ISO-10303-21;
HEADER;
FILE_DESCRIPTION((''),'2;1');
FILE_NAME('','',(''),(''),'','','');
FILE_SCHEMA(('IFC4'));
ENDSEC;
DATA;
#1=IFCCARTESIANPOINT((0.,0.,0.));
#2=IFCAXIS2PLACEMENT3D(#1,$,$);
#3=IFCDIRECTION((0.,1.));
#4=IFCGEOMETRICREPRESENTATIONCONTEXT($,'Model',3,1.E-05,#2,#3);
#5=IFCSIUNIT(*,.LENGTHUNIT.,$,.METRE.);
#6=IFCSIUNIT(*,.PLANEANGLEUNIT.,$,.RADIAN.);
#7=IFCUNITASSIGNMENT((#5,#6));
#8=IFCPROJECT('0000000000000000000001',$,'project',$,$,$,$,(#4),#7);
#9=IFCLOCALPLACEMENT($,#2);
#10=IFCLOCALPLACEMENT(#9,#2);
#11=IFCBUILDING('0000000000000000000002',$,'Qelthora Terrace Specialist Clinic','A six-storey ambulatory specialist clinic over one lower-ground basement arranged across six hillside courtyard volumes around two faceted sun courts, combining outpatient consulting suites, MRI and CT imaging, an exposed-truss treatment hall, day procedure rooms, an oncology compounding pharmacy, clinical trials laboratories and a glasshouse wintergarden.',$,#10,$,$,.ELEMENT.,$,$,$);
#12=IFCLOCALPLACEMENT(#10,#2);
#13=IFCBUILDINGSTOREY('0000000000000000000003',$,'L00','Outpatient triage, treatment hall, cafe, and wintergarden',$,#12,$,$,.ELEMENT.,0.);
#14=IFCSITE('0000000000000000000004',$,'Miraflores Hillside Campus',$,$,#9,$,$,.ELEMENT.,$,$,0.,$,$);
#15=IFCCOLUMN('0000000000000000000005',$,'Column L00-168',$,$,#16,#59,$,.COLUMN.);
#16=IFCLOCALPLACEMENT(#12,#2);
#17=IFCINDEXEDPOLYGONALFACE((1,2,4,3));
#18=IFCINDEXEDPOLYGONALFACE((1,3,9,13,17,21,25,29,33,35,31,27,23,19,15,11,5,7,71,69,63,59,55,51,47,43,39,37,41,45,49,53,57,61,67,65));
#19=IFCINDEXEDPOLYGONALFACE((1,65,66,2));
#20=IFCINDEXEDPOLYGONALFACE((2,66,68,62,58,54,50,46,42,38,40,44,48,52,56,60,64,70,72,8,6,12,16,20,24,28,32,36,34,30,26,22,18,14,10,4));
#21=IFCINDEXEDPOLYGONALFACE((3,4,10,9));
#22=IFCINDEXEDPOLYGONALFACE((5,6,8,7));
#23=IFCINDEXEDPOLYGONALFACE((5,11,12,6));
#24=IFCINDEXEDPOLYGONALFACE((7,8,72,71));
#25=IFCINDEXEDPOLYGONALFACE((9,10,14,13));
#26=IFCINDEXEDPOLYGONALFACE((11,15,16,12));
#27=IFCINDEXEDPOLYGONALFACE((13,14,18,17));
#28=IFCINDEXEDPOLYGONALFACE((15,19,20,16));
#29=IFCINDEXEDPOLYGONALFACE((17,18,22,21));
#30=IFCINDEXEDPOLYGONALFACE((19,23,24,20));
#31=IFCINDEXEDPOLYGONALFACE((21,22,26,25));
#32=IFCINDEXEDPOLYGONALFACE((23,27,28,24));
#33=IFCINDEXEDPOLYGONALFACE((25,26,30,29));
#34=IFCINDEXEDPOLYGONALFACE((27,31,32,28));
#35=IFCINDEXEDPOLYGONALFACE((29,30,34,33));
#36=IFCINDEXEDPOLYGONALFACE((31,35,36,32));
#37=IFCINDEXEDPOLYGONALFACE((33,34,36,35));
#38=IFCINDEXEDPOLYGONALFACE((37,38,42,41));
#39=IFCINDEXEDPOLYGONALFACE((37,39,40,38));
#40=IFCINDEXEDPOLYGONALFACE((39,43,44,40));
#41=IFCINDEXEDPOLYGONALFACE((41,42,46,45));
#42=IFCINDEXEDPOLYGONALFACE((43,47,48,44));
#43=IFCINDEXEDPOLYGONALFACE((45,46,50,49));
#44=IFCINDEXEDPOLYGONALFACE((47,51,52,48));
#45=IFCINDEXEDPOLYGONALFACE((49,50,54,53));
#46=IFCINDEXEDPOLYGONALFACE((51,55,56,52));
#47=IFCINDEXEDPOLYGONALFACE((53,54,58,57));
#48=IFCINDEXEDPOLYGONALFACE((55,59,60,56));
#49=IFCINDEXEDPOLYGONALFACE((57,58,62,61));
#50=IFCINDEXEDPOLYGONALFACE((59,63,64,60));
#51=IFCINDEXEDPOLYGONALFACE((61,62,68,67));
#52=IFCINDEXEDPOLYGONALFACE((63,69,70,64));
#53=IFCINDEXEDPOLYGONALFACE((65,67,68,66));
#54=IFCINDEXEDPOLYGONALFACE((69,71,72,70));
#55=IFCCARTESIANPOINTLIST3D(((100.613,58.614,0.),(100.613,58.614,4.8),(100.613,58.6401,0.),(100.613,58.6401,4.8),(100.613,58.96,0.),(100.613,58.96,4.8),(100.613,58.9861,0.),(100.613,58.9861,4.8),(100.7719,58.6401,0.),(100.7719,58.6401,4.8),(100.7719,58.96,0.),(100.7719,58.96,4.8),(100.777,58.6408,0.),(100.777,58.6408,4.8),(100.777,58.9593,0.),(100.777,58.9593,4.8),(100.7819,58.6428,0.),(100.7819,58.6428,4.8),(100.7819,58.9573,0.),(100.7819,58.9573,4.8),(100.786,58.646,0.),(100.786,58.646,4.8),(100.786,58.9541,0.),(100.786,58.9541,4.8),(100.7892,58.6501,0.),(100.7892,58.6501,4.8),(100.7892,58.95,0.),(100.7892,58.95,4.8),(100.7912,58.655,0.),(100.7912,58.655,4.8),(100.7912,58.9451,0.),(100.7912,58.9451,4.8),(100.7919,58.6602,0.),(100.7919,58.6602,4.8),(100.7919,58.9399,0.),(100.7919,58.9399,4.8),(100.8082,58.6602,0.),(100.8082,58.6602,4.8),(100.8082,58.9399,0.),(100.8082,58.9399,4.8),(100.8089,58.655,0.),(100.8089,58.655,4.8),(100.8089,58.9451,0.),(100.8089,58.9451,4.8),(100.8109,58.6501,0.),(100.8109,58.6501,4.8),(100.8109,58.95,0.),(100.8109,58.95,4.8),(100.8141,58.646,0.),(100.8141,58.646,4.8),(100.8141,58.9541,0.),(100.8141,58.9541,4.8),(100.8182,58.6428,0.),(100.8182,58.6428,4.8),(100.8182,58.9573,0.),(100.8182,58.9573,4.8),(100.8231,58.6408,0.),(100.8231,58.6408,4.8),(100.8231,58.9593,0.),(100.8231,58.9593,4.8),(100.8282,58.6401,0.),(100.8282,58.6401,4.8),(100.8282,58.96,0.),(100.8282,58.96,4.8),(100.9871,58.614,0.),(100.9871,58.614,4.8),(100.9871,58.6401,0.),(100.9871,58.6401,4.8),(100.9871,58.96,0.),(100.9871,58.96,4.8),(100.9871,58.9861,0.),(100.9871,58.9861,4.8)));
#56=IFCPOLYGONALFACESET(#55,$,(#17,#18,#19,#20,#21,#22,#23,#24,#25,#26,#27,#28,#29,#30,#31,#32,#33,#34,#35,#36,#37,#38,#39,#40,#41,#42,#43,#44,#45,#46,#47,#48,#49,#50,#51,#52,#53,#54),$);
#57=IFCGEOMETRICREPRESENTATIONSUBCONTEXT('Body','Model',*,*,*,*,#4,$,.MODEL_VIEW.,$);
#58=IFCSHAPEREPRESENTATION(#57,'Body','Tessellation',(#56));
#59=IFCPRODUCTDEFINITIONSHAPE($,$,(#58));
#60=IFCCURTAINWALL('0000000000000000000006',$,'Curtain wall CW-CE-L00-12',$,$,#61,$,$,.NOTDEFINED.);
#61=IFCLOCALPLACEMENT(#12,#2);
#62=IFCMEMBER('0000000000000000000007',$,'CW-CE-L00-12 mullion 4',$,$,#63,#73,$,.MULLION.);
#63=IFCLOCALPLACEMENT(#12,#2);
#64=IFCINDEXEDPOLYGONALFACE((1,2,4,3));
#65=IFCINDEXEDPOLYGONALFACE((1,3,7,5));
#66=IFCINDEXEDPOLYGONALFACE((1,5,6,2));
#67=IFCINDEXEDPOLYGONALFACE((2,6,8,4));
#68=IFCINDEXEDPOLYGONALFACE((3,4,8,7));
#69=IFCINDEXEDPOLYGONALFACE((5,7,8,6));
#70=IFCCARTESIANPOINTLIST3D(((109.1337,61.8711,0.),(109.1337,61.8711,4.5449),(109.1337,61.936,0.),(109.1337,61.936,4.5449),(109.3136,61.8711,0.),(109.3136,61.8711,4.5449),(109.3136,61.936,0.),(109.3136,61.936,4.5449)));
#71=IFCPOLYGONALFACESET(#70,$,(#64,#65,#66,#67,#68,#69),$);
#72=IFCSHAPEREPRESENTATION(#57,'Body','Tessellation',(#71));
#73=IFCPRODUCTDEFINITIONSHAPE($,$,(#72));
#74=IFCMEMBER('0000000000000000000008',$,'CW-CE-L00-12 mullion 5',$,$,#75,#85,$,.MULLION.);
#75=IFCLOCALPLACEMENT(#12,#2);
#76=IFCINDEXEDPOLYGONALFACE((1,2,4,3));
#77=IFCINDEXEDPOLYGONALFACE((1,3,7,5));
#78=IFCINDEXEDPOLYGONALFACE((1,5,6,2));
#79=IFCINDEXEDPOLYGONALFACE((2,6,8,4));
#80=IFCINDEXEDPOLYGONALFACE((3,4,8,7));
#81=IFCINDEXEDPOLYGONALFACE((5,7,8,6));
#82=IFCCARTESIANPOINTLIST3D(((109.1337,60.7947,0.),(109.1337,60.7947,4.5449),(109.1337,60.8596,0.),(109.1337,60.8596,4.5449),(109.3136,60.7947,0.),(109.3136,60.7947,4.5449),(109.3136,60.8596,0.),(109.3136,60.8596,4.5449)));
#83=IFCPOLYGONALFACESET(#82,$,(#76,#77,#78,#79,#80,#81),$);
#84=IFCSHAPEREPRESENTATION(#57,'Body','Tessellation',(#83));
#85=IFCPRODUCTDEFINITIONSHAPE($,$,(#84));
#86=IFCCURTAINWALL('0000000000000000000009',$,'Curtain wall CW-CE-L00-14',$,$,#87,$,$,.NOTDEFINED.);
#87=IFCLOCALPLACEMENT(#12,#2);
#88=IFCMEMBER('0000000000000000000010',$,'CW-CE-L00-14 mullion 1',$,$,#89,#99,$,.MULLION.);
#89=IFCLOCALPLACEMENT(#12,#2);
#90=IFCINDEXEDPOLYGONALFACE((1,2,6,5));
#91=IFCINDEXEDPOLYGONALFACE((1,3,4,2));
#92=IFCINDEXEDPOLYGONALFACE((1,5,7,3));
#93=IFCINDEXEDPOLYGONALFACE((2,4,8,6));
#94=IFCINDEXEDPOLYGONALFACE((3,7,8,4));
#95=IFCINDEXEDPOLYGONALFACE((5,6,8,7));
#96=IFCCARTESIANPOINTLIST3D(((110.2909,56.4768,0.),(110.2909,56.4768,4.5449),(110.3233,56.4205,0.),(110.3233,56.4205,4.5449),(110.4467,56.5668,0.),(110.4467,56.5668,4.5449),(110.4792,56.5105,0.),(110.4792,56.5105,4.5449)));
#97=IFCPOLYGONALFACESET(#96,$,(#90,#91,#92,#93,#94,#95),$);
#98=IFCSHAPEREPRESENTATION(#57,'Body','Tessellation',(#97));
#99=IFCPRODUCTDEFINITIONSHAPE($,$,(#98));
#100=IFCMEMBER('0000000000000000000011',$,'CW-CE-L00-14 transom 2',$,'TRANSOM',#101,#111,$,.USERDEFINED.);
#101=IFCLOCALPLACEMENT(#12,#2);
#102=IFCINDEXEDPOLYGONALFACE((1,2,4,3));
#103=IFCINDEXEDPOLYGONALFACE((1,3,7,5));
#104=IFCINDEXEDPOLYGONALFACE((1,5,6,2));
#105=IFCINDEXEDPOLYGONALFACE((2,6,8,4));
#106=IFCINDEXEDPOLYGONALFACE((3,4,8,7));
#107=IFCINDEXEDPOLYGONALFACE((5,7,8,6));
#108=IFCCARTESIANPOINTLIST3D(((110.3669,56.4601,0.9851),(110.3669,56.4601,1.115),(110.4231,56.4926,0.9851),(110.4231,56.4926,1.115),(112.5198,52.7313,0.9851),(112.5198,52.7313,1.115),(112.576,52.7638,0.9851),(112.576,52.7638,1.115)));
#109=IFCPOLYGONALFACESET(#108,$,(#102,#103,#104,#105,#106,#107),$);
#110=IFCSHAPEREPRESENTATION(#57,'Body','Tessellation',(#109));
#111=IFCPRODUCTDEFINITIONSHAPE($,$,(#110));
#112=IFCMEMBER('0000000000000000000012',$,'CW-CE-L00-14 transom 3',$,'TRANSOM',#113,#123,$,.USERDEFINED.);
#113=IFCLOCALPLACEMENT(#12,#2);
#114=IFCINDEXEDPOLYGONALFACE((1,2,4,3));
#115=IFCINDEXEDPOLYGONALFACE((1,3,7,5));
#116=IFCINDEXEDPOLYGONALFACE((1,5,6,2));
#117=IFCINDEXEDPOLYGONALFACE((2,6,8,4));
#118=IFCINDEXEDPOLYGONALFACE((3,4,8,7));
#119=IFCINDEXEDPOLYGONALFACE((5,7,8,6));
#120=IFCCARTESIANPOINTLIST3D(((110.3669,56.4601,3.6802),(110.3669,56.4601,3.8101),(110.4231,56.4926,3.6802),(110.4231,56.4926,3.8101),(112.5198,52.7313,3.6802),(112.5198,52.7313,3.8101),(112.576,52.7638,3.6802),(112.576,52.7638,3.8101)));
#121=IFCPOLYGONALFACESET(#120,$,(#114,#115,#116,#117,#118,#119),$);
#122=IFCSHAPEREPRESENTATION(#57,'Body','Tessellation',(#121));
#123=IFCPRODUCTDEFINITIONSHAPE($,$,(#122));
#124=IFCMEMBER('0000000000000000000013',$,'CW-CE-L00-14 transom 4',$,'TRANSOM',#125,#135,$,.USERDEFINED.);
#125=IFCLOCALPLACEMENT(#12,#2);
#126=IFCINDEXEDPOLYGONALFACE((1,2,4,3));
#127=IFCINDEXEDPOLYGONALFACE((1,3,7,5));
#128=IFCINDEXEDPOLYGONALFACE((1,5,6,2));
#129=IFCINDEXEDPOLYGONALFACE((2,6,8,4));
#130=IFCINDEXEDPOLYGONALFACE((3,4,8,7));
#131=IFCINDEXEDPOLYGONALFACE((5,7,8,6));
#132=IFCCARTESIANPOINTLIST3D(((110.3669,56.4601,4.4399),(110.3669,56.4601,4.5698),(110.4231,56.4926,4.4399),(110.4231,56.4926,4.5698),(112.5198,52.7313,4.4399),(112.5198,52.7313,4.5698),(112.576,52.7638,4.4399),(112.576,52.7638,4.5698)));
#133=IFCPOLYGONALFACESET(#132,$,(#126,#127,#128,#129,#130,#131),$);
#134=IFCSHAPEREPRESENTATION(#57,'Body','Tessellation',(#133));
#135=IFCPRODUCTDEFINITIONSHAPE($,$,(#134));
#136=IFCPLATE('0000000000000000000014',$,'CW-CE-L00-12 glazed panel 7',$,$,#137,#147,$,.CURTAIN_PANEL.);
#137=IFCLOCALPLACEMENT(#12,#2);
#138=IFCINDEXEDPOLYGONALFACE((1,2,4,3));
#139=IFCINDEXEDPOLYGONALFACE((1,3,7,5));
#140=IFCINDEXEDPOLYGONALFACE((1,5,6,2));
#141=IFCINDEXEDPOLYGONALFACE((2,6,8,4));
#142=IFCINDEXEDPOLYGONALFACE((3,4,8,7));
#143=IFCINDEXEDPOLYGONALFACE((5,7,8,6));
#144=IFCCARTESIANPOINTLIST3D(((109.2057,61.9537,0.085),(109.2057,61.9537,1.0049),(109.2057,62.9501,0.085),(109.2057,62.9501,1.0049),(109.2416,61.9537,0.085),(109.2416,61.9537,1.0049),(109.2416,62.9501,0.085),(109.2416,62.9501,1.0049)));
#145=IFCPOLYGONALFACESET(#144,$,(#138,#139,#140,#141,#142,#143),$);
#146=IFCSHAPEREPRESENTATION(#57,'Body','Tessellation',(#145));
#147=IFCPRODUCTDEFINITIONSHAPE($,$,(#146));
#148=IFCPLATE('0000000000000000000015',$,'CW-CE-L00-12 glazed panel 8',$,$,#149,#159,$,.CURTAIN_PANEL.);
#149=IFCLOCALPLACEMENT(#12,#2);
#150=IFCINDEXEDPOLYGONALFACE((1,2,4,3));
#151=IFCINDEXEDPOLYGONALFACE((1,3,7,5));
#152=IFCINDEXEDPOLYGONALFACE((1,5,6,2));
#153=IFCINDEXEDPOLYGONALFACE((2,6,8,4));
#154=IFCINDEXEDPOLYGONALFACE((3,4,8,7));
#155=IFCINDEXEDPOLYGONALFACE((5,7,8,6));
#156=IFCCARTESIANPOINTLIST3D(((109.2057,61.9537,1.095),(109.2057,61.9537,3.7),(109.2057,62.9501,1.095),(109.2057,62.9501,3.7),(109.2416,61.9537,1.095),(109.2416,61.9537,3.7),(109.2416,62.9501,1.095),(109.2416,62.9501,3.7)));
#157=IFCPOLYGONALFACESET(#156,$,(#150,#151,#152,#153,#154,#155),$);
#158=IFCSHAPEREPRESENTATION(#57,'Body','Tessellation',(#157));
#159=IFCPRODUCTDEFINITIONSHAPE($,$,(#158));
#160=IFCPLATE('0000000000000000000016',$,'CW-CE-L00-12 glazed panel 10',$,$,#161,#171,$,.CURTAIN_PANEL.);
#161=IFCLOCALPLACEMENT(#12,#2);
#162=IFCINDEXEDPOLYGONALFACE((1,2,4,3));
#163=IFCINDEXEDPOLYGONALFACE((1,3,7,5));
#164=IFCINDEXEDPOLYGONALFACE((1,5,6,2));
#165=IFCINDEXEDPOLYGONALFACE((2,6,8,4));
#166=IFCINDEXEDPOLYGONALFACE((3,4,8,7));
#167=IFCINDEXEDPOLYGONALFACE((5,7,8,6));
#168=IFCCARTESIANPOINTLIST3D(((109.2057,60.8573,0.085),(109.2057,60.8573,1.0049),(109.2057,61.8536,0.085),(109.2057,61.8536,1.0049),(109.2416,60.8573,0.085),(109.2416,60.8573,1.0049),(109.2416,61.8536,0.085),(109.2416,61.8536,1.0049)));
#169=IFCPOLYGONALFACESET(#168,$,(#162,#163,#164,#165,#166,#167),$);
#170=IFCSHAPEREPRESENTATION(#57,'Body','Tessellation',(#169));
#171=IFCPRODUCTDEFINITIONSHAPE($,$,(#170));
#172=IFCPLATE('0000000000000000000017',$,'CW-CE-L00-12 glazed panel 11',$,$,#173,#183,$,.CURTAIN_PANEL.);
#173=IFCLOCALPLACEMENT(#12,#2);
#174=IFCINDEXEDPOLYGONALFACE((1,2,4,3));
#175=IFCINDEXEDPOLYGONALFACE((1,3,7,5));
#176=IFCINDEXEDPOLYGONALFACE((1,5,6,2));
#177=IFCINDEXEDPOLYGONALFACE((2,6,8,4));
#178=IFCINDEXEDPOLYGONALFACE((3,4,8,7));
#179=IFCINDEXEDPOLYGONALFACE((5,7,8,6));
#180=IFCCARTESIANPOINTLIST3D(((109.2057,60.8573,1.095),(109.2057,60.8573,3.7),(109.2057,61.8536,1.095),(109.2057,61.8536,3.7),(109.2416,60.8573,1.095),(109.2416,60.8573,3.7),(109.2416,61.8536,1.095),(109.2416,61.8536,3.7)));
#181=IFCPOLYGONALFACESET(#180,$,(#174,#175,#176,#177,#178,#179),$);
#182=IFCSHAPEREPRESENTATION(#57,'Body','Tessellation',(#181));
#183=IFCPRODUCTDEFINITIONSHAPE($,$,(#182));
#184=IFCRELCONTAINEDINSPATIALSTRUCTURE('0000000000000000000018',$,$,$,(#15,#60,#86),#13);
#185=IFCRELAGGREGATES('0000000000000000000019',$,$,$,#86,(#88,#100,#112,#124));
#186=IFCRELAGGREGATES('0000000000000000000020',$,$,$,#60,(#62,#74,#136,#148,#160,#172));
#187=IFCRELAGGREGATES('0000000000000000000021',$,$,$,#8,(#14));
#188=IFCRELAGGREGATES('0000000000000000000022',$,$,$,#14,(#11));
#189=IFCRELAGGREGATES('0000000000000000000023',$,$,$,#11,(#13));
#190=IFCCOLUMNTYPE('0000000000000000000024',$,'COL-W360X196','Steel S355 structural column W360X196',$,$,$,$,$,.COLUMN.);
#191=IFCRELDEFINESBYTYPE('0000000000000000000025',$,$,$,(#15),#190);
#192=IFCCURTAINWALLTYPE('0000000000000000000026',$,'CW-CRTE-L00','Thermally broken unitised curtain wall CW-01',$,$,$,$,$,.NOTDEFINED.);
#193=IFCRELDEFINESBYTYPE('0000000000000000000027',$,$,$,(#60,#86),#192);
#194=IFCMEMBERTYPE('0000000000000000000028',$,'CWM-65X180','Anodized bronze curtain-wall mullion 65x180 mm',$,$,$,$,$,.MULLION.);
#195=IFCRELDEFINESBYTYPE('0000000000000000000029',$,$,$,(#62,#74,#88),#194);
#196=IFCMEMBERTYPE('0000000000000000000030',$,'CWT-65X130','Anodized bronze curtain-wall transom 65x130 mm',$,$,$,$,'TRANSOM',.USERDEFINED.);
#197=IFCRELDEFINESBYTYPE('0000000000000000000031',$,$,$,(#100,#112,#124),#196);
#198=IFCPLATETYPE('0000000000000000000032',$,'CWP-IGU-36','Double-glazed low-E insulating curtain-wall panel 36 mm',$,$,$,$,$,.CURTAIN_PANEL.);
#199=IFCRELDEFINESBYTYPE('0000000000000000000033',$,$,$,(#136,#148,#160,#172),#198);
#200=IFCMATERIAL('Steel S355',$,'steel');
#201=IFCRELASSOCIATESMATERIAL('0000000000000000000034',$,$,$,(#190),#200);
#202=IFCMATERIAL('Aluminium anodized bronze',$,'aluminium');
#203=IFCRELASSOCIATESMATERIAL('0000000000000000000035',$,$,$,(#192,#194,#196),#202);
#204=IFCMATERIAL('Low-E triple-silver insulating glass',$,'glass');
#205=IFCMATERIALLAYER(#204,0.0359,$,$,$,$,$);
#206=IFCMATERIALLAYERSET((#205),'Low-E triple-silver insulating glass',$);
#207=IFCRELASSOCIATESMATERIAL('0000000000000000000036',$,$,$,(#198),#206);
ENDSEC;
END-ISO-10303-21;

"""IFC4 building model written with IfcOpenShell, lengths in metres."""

from ifc_helpers import new_model, si_unit, direction, frame, origin, origin_2d, place, context, subcontext, project, spatial, rectangle, i_section, extrude, material, layer, layer_set, material_profile, profile_set, type_object, element, aggregate, save


model = new_model("IFC4")

# Units and contexts
model_context = context("Model", 3, precision=1e-05, world=origin(), true_north=direction((0.0, 1.0)))
body_context = subcontext(model_context, "Body", "Model", "MODEL_VIEW")
ifc_project = project(units=[si_unit("LENGTHUNIT", "METRE"), si_unit("PLANEANGLEUNIT", "RADIAN")], contexts=[model_context])

# Site, building, storey
site_placement = place(None, origin())
site = spatial("IfcSite", under=ifc_project, at=site_placement, Name="Miraflores Hillside Campus", CompositionType="ELEMENT", RefElevation=0.0)
building_placement = place(site_placement, origin())
building = spatial("IfcBuilding", under=site, at=building_placement, Name="Qelthora Terrace Specialist Clinic", Description="A six-storey ambulatory specialist clinic over one lower-ground basement arranged across six hillside courtyard volumes around two faceted sun courts, combining outpatient consulting suites, MRI and CT imaging, an exposed-truss treatment hall, day procedure rooms, an oncology compounding pharmacy, clinical trials laboratories and a glasshouse wintergarden.", CompositionType="ELEMENT")
storey_placement = place(building_placement, origin())
storey = spatial("IfcBuildingStorey", under=building, at=storey_placement, Name="L00", Description="Outpatient triage, treatment hall, cafe, and wintergarden", CompositionType="ELEMENT", Elevation=0.0)

# Column
ifc_material_1 = material(Name="Steel S355", Category="steel")
ifc_material_profile_1 = material_profile(ifc_material_1, i_section(OverallWidth=0.374, OverallDepth=0.3721, WebThickness=0.0164, FlangeThickness=0.0261, FilletRadius=0.02, at=origin_2d()), Name="W360X196")
ifc_profile_set_1 = profile_set([ifc_material_profile_1], Name="Steel S355")
column_type_1 = type_object("IfcColumnType", Name="COL-W360X196", Description="Steel S355 structural column W360X196", PredefinedType="COLUMN", material=ifc_profile_set_1)
column_1_placement = place(storey_placement, frame((100.8, 58.8, 0.0), z_axis=(0.0, 0.0, 1.0), x_axis=(1.0, 0.0, 0.0)))
element("IfcColumn", 1, at=column_1_placement, inside=storey, type_object=column_type_1, Name="Column L00-168", PredefinedType="COLUMN", context=body_context, shape_type="SweptSolid", body=[
    extrude(i_section(OverallWidth=0.374, OverallDepth=0.3721, WebThickness=0.0164, FlangeThickness=0.0261, FilletRadius=0.02, at=origin_2d()), origin(), (0.0, 0.0, 1.0), 4.8),
])

# Curtain walls, members
ifc_material_2 = material(Name="Aluminium anodized bronze", Category="aluminium")
curtain_wall_type = type_object("IfcCurtainWallType", Name="CW-CRTE-L00", Description="Thermally broken unitised curtain wall CW-01", PredefinedType="NOTDEFINED", material=ifc_material_2)
curtain_wall_1_placement = place(storey_placement, origin())
curtain_wall_1 = element("IfcCurtainWall", 2, at=curtain_wall_1_placement, inside=storey, type_object=curtain_wall_type, Name="Curtain wall CW-CE-L00-12", PredefinedType="NOTDEFINED")
ifc_material_profile_2 = material_profile(ifc_material_2, rectangle(XDim=0.0649, YDim=0.1799, at=origin_2d()), Name="CWM65X180")
ifc_profile_set_2 = profile_set([ifc_material_profile_2], Name="Aluminium anodized bronze")
member_type_1 = type_object("IfcMemberType", Name="CWM-65X180", Description="Anodized bronze curtain-wall mullion 65x180 mm", PredefinedType="MULLION", material=ifc_profile_set_2)
member_1_placement = place(storey_placement, frame((109.2236, 61.9036, 0.0), z_axis=(0.0, 0.0, 1.0), x_axis=(0.0, -1.0, 0.0)))
member_1 = element("IfcMember", 3, at=member_1_placement, type_object=member_type_1, Name="CW-CE-L00-12 mullion 4", PredefinedType="MULLION", context=body_context, shape_type="SweptSolid", body=[
    extrude(rectangle(XDim=0.0649, YDim=0.1799, at=origin_2d()), origin(), (0.0, 0.0, 1.0), 4.5449),
])
member_2_placement = place(storey_placement, frame((109.2236, 60.8271, 0.0), z_axis=(0.0, 0.0, 1.0), x_axis=(0.0, -1.0, 0.0)))
member_2 = element("IfcMember", 4, at=member_2_placement, type_object=member_type_1, Name="CW-CE-L00-12 mullion 5", PredefinedType="MULLION", context=body_context, shape_type="SweptSolid", body=[
    extrude(rectangle(XDim=0.0649, YDim=0.1799, at=origin_2d()), origin(), (0.0, 0.0, 1.0), 4.5449),
])
curtain_wall_2_placement = place(storey_placement, origin())
curtain_wall_2 = element("IfcCurtainWall", 5, at=curtain_wall_2_placement, inside=storey, type_object=curtain_wall_type, Name="Curtain wall CW-CE-L00-14", PredefinedType="NOTDEFINED")
member_3_placement = place(storey_placement, frame((110.385, 56.4937, 0.0), z_axis=(0.0, 0.0, 1.0), x_axis=(0.5, -0.866025, 0.0)))
member_3 = element("IfcMember", 6, at=member_3_placement, type_object=member_type_1, Name="CW-CE-L00-14 mullion 1", PredefinedType="MULLION", context=body_context, shape_type="SweptSolid", body=[
    extrude(rectangle(XDim=0.0649, YDim=0.1799, at=origin_2d()), origin(), (0.0, 0.0, 1.0), 4.5449),
])
ifc_material_profile_3 = material_profile(ifc_material_2, rectangle(XDim=0.0649, YDim=0.1299, at=origin_2d()), Name="CWT65X130")
ifc_profile_set_3 = profile_set([ifc_material_profile_3], Name="Aluminium anodized bronze")
member_type_2 = type_object("IfcMemberType", Name="CWT-65X130", Description="Anodized bronze curtain-wall transom 65x130 mm", ElementType="TRANSOM", PredefinedType="USERDEFINED", material=ifc_profile_set_3)
member_4_placement = place(storey_placement, frame((110.395, 56.4763, 1.05), z_axis=(0.500006, -0.866022, 0.0), x_axis=(0.866022, 0.500006, 0.0)))
member_4 = element("IfcMember", 7, at=member_4_placement, type_object=member_type_2, Name="CW-CE-L00-14 transom 2", ObjectType="TRANSOM", PredefinedType="USERDEFINED", context=body_context, shape_type="SweptSolid", body=[
    extrude(rectangle(XDim=0.0649, YDim=0.1299, at=origin_2d()), origin(), (0.0, 0.0, 1.0), 4.3057),
])
member_5_placement = place(storey_placement, frame((110.395, 56.4763, 3.7451), z_axis=(0.500006, -0.866022, 0.0), x_axis=(0.866022, 0.500006, 0.0)))
member_5 = element("IfcMember", 8, at=member_5_placement, type_object=member_type_2, Name="CW-CE-L00-14 transom 3", ObjectType="TRANSOM", PredefinedType="USERDEFINED", context=body_context, shape_type="SweptSolid", body=[
    extrude(rectangle(XDim=0.0649, YDim=0.1299, at=origin_2d()), origin(), (0.0, 0.0, 1.0), 4.3057),
])
member_6_placement = place(storey_placement, frame((110.395, 56.4763, 4.5049), z_axis=(0.500006, -0.866022, 0.0), x_axis=(0.866022, 0.500006, 0.0)))
member_6 = element("IfcMember", 9, at=member_6_placement, type_object=member_type_2, Name="CW-CE-L00-14 transom 4", ObjectType="TRANSOM", PredefinedType="USERDEFINED", context=body_context, shape_type="SweptSolid", body=[
    extrude(rectangle(XDim=0.0649, YDim=0.1299, at=origin_2d()), origin(), (0.0, 0.0, 1.0), 4.3057),
])
aggregate(curtain_wall_2, [member_3, member_4, member_5, member_6])

# Plates
ifc_material_3 = material(Name="Low-E triple-silver insulating glass", Category="glass")
ifc_layer_1 = layer(ifc_material_3, 0.0359)
ifc_layer_set_1 = layer_set([ifc_layer_1], Name="Low-E triple-silver insulating glass")
plate_type_1 = type_object("IfcPlateType", Name="CWP-IGU-36", Description="Double-glazed low-E insulating curtain-wall panel 36 mm", PredefinedType="CURTAIN_PANEL", material=ifc_layer_set_1)
plate_1_placement = place(storey_placement, frame((109.2236, 62.4519, 0.085), z_axis=(0.0, 0.0, 1.0), x_axis=(0.0, -1.0, 0.0)))
plate_1 = element("IfcPlate", 10, at=plate_1_placement, type_object=plate_type_1, Name="CW-CE-L00-12 glazed panel 7", PredefinedType="CURTAIN_PANEL", context=body_context, shape_type="SweptSolid", body=[
    extrude(rectangle(XDim=0.9963, YDim=0.0359, at=origin_2d()), origin(), (0.0, 0.0, 1.0), 0.9199),
])
plate_2_placement = place(storey_placement, frame((109.2236, 62.4519, 1.095), z_axis=(0.0, 0.0, 1.0), x_axis=(0.0, -1.0, 0.0)))
plate_2 = element("IfcPlate", 11, at=plate_2_placement, type_object=plate_type_1, Name="CW-CE-L00-12 glazed panel 8", PredefinedType="CURTAIN_PANEL", context=body_context, shape_type="SweptSolid", body=[
    extrude(rectangle(XDim=0.9963, YDim=0.0359, at=origin_2d()), origin(), (0.0, 0.0, 1.0), 2.605),
])
plate_3_placement = place(storey_placement, frame((109.2236, 61.3555, 0.085), z_axis=(0.0, 0.0, 1.0), x_axis=(0.0, -1.0, 0.0)))
plate_3 = element("IfcPlate", 12, at=plate_3_placement, type_object=plate_type_1, Name="CW-CE-L00-12 glazed panel 10", PredefinedType="CURTAIN_PANEL", context=body_context, shape_type="SweptSolid", body=[
    extrude(rectangle(XDim=0.9963, YDim=0.0359, at=origin_2d()), origin(), (0.0, 0.0, 1.0), 0.9199),
])
plate_4_placement = place(storey_placement, frame((109.2236, 61.3555, 1.095), z_axis=(0.0, 0.0, 1.0), x_axis=(0.0, -1.0, 0.0)))
plate_4 = element("IfcPlate", 13, at=plate_4_placement, type_object=plate_type_1, Name="CW-CE-L00-12 glazed panel 11", PredefinedType="CURTAIN_PANEL", context=body_context, shape_type="SweptSolid", body=[
    extrude(rectangle(XDim=0.9963, YDim=0.0359, at=origin_2d()), origin(), (0.0, 0.0, 1.0), 2.605),
])
aggregate(curtain_wall_1, [member_1, member_2, plate_1, plate_2, plate_3, plate_4])

save(model, "model.ifc")
